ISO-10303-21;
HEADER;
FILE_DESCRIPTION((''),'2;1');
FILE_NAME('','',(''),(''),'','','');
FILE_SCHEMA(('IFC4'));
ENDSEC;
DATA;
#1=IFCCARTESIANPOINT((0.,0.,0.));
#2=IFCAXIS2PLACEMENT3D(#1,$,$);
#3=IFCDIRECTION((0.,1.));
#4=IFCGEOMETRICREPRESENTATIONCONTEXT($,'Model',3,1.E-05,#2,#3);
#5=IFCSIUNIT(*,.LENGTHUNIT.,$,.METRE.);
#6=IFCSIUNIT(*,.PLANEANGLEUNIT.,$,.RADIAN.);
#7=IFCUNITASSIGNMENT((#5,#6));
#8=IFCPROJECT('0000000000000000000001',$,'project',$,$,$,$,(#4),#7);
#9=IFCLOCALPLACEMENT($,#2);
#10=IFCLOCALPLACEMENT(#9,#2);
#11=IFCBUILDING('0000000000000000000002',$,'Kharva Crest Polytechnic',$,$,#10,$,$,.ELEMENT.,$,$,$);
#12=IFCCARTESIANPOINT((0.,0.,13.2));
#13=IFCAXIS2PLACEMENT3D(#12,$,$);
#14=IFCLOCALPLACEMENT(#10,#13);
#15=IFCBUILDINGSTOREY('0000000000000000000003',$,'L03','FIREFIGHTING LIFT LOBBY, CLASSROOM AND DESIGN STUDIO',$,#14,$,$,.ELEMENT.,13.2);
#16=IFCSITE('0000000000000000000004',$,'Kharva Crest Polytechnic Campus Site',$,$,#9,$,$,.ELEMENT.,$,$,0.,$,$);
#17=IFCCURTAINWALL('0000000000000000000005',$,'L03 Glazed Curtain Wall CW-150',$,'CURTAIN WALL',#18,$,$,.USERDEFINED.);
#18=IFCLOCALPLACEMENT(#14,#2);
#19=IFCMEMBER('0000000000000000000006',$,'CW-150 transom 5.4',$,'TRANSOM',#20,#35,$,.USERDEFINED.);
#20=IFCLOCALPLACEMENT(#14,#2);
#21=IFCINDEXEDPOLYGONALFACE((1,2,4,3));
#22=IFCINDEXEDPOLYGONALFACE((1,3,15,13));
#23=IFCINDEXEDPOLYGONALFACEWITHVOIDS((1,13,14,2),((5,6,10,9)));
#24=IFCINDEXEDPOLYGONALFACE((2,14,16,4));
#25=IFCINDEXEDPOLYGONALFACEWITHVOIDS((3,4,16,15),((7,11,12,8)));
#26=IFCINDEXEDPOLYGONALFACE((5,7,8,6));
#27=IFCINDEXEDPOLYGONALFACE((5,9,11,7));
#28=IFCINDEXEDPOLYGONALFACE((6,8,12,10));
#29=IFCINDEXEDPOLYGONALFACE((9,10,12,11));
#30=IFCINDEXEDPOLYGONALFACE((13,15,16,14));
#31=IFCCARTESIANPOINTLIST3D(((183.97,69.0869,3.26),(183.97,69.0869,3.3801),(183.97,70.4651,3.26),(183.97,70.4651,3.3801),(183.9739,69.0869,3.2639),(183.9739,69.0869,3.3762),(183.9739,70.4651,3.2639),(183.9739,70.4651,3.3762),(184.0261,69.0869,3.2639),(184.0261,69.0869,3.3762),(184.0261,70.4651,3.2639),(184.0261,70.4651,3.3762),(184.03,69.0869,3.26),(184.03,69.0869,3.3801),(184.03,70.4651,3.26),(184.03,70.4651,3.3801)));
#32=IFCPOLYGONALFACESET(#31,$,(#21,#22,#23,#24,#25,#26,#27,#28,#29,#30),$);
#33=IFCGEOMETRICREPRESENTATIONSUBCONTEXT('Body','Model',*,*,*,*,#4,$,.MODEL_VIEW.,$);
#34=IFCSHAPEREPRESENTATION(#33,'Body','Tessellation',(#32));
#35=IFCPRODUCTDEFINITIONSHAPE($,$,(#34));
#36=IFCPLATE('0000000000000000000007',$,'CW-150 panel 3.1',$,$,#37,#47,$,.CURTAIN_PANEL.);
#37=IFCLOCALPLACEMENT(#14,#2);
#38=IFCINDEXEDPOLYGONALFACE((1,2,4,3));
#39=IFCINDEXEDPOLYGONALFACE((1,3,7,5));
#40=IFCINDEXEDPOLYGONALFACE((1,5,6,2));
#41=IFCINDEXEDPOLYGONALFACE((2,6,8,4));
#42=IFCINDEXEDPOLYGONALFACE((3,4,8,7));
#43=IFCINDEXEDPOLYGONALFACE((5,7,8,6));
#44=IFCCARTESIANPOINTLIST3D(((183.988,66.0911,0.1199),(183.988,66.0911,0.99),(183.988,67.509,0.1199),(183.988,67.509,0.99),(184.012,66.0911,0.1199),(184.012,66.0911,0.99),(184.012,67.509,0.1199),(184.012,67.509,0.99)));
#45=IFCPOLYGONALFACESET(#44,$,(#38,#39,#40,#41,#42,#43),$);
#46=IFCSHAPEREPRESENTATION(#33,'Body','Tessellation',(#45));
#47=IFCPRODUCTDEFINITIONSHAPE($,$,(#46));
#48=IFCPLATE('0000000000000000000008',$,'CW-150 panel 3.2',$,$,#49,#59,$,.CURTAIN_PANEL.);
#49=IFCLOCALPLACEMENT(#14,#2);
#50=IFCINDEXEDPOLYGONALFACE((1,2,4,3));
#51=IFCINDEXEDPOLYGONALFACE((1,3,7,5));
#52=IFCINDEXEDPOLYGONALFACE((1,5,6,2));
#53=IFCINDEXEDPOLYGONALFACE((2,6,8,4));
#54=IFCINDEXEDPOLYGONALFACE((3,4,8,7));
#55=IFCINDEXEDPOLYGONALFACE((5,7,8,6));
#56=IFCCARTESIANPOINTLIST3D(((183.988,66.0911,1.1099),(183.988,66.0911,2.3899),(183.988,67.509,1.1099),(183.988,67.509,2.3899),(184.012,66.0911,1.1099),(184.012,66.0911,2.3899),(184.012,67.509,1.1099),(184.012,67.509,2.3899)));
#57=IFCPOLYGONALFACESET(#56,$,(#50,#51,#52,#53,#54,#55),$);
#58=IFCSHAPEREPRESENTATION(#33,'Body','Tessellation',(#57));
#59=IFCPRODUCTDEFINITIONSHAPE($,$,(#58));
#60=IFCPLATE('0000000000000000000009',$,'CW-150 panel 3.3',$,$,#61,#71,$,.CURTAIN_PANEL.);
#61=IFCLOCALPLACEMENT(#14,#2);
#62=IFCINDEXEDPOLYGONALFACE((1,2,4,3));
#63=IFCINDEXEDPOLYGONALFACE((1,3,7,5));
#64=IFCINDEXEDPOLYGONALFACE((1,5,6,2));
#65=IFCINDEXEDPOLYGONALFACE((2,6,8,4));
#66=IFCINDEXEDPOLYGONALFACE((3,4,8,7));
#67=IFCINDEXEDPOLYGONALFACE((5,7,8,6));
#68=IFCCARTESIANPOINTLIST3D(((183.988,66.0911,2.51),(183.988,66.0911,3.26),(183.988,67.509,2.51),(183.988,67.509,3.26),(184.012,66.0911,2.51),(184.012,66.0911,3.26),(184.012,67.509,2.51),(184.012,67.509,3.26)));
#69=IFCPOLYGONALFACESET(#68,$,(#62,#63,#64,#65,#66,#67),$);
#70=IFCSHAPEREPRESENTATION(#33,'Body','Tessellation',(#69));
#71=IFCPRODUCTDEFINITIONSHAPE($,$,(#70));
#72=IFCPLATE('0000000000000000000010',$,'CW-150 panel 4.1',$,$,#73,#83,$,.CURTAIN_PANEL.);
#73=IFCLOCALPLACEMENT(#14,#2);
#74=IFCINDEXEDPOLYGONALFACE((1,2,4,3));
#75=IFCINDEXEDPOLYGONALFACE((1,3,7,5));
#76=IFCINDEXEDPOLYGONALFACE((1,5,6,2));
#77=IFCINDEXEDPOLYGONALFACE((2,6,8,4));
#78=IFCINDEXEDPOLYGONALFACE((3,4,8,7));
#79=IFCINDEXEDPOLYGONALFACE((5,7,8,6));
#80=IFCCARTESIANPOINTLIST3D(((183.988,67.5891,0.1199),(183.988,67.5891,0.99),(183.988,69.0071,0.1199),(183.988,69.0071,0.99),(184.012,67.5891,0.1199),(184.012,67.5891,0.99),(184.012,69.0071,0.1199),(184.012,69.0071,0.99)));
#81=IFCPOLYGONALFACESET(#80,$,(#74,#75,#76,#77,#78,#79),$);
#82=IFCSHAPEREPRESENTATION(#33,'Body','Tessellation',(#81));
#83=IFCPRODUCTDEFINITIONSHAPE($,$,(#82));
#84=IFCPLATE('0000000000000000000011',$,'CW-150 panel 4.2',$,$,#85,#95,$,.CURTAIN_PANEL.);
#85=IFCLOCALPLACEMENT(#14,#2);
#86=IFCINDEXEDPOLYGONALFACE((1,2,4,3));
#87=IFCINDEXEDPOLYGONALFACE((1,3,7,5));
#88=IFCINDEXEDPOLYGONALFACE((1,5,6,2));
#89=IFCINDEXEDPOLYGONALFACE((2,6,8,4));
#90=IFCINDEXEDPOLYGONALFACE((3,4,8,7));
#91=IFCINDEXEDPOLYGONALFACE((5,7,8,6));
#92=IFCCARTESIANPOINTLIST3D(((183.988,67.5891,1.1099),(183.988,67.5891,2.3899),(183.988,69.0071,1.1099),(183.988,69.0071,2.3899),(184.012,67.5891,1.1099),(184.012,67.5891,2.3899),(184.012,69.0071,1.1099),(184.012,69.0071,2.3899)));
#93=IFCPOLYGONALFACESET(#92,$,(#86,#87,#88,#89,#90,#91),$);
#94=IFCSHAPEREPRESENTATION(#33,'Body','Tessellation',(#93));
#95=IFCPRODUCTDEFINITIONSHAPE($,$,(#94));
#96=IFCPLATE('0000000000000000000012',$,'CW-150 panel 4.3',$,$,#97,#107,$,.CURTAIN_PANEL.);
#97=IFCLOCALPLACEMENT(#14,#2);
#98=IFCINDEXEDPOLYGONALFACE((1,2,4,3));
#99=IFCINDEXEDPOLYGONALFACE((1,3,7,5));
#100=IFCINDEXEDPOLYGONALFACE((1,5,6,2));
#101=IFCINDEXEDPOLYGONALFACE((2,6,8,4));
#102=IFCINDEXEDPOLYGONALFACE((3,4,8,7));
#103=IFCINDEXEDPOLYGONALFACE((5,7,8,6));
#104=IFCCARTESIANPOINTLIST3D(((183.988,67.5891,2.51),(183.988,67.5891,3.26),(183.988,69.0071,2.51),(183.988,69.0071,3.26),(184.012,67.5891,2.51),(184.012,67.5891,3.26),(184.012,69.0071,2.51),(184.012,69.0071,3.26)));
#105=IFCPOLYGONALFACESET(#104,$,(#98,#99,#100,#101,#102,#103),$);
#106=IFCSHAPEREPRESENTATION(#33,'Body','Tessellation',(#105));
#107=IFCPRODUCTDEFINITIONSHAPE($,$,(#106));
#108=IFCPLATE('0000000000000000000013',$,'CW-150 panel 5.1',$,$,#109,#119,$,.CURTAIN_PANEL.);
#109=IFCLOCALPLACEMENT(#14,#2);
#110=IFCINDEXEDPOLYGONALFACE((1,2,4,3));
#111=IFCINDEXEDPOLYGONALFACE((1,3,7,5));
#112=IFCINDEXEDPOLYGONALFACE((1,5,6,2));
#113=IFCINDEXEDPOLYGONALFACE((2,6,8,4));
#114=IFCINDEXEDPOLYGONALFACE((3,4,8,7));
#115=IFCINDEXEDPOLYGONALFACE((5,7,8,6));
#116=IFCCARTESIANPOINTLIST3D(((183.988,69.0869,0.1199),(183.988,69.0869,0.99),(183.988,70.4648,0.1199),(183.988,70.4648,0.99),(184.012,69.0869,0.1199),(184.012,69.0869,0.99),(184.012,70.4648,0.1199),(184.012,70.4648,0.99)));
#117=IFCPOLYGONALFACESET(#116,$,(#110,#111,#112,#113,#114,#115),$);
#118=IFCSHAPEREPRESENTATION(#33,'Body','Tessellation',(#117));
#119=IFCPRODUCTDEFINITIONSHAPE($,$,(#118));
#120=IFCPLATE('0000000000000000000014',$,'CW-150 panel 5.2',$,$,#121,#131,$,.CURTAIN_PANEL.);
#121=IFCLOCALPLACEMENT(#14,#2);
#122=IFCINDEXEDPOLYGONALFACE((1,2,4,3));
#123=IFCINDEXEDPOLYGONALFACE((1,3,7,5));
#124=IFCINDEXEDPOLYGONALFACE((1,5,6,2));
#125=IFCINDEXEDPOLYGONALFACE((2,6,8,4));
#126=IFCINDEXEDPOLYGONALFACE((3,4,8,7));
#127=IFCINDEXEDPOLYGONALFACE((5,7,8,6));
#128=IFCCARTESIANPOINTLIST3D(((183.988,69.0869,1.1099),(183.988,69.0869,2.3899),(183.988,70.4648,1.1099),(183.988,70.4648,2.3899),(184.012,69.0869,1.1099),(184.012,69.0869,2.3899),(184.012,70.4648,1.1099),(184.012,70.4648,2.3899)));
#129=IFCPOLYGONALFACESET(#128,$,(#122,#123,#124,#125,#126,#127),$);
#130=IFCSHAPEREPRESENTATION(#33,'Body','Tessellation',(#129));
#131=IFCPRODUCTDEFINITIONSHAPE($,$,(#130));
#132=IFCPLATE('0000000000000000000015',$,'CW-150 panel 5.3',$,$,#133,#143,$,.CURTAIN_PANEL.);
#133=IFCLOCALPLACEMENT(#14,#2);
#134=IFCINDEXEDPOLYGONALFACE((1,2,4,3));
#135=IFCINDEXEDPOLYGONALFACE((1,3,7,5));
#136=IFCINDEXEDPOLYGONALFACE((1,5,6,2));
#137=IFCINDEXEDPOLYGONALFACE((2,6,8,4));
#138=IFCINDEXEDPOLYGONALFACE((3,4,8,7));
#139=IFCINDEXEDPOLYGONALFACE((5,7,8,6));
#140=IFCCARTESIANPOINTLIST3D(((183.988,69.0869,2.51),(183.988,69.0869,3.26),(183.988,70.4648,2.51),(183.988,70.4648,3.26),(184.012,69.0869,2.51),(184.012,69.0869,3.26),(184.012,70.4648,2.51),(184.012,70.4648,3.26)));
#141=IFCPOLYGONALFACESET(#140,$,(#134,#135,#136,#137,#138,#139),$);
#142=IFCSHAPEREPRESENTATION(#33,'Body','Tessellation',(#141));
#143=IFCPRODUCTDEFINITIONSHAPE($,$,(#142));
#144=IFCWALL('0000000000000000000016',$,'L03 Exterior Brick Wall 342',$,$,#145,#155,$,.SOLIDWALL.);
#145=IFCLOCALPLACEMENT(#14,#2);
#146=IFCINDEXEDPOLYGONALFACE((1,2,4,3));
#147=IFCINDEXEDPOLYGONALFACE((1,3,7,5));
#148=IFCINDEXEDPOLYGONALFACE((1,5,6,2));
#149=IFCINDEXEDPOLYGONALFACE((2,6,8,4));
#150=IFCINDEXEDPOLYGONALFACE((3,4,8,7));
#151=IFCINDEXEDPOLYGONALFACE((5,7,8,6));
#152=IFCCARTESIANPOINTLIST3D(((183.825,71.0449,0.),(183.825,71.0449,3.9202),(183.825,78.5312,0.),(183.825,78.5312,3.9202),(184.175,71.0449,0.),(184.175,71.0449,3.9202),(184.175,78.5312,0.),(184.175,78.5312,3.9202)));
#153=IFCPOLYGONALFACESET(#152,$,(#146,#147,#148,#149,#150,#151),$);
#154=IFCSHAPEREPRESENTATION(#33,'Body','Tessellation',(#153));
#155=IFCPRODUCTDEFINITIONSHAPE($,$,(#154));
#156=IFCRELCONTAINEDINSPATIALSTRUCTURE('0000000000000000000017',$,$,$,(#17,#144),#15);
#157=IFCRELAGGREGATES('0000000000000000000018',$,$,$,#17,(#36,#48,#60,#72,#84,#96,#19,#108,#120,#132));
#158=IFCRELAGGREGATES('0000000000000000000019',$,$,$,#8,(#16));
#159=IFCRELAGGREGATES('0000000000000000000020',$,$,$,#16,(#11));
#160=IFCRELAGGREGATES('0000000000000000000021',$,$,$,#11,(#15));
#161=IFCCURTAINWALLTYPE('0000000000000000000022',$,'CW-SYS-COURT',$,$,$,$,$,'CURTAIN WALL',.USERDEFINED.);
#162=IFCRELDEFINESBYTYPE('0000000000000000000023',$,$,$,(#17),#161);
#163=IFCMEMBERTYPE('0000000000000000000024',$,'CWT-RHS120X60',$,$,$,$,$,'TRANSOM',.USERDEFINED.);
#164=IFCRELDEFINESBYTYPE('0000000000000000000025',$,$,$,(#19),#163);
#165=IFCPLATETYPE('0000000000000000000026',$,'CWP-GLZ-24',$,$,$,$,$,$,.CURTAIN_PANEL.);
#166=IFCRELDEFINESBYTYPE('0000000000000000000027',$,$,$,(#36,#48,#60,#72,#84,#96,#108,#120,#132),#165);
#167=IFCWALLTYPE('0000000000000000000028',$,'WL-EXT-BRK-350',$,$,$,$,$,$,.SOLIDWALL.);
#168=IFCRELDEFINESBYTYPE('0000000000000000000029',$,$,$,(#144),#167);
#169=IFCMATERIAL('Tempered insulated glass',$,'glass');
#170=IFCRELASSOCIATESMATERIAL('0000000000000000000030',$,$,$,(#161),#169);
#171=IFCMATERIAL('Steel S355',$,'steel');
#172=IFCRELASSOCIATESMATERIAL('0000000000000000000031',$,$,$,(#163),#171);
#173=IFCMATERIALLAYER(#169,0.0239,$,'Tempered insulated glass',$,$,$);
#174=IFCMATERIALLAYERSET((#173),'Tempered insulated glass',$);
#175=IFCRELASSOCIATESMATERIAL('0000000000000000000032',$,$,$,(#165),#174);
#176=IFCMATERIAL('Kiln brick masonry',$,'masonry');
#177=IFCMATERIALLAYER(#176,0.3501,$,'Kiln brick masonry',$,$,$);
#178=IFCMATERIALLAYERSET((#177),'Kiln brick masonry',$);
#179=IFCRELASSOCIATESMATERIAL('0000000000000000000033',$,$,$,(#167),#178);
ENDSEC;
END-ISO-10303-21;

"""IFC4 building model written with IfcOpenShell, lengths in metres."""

from ifc_helpers import new_model, si_unit, direction, frame, frame_2d, origin, origin_2d, place, context, subcontext, project, spatial, rectangle, hollow_rectangle, extrude, material, layer, layer_set, material_profile, profile_set, type_object, element, aggregate, save


model = new_model("IFC4")

# Units and contexts
model_context = context("Model", 3, precision=1e-05, world=origin(), true_north=direction((0.0, 1.0)))
body_context = subcontext(model_context, "Body", "Model", "MODEL_VIEW")
ifc_project = project(units=[si_unit("LENGTHUNIT", "METRE"), si_unit("PLANEANGLEUNIT", "RADIAN")], contexts=[model_context])

# Site, building, storey
site_placement = place(None, origin())
site = spatial("IfcSite", under=ifc_project, at=site_placement, Name="Kharva Crest Polytechnic Campus Site", CompositionType="ELEMENT", RefElevation=0.0)
building_placement = place(site_placement, origin())
building = spatial("IfcBuilding", under=site, at=building_placement, Name="Kharva Crest Polytechnic", CompositionType="ELEMENT")
storey_placement = place(building_placement, frame((0.0, 0.0, 13.2)))
storey = spatial("IfcBuildingStorey", under=building, at=storey_placement, Name="L03", Description="FIREFIGHTING LIFT LOBBY, CLASSROOM AND DESIGN STUDIO", CompositionType="ELEMENT", Elevation=13.2)

# Curtain wall, member, plates
ifc_material_1 = material(Name="Tempered insulated glass", Category="glass")
curtain_wall_type = type_object("IfcCurtainWallType", Name="CW-SYS-COURT", ElementType="CURTAIN WALL", PredefinedType="USERDEFINED", material=ifc_material_1)
curtain_wall_placement = place(storey_placement, origin())
curtain_wall = element("IfcCurtainWall", 1, at=curtain_wall_placement, inside=storey, type_object=curtain_wall_type, Name="L03 Glazed Curtain Wall CW-150", ObjectType="CURTAIN WALL", PredefinedType="USERDEFINED")
ifc_material_2 = material(Name="Steel S355", Category="steel")
ifc_material_profile_1 = material_profile(ifc_material_2, hollow_rectangle(XDim=0.0601, YDim=0.1201, WallThickness=0.0039, at=origin_2d()), Name="RHS 120X60X4.0")
ifc_profile_set_1 = profile_set([ifc_material_profile_1], Name="Steel S355")
member_type_1 = type_object("IfcMemberType", Name="CWT-RHS120X60", ElementType="TRANSOM", PredefinedType="USERDEFINED", material=ifc_profile_set_1)
member_1_placement = place(storey_placement, frame((184.0, 69.0869, 3.3201), z_axis=(0.0, 1.0, 0.0), x_axis=(-1.0, 0.0, 0.0)))
member_1 = element("IfcMember", 2, at=member_1_placement, type_object=member_type_1, Name="CW-150 transom 5.4", ObjectType="TRANSOM", PredefinedType="USERDEFINED", context=body_context, shape_type="SweptSolid", body=[
    extrude(hollow_rectangle(XDim=0.0601, YDim=0.1201, WallThickness=0.0039, at=origin_2d()), origin(), (0.0, 0.0, 1.0), 1.3782),
])
ifc_layer_1 = layer(ifc_material_1, 0.0239, Name="Tempered insulated glass")
ifc_layer_set_1 = layer_set([ifc_layer_1], Name="Tempered insulated glass")
plate_type = type_object("IfcPlateType", Name="CWP-GLZ-24", PredefinedType="CURTAIN_PANEL", material=ifc_layer_set_1)
plate_1_placement = place(storey_placement, frame((184.0, 66.8, 0.1199), z_axis=(0.0, 0.0, 1.0), x_axis=(0.0, 1.0, 0.0)))
plate_1 = element("IfcPlate", 3, at=plate_1_placement, type_object=plate_type, Name="CW-150 panel 3.1", PredefinedType="CURTAIN_PANEL", context=body_context, shape_type="SweptSolid", body=[
    extrude(rectangle(XDim=1.418, YDim=0.0239, at=origin_2d()), origin(), (0.0, 0.0, 1.0), 0.8701),
])
plate_2_placement = place(storey_placement, frame((184.0, 66.8, 1.1099), z_axis=(0.0, 0.0, 1.0), x_axis=(0.0, 1.0, 0.0)))
plate_2 = element("IfcPlate", 4, at=plate_2_placement, type_object=plate_type, Name="CW-150 panel 3.2", PredefinedType="CURTAIN_PANEL", context=body_context, shape_type="SweptSolid", body=[
    extrude(rectangle(XDim=1.418, YDim=0.0239, at=origin_2d()), origin(), (0.0, 0.0, 1.0), 1.28),
])
plate_3_placement = place(storey_placement, frame((184.0, 66.8, 2.51), z_axis=(0.0, 0.0, 1.0), x_axis=(0.0, 1.0, 0.0)))
plate_3 = element("IfcPlate", 5, at=plate_3_placement, type_object=plate_type, Name="CW-150 panel 3.3", PredefinedType="CURTAIN_PANEL", context=body_context, shape_type="SweptSolid", body=[
    extrude(rectangle(XDim=1.418, YDim=0.0239, at=origin_2d()), origin(), (0.0, 0.0, 1.0), 0.75),
])
plate_4_placement = place(storey_placement, frame((184.0, 68.2981, 0.1199), z_axis=(0.0, 0.0, 1.0), x_axis=(0.0, 1.0, 0.0)))
plate_4 = element("IfcPlate", 6, at=plate_4_placement, type_object=plate_type, Name="CW-150 panel 4.1", PredefinedType="CURTAIN_PANEL", context=body_context, shape_type="SweptSolid", body=[
    extrude(rectangle(XDim=1.418, YDim=0.0239, at=origin_2d()), origin(), (0.0, 0.0, 1.0), 0.8701),
])
plate_5_placement = place(storey_placement, frame((184.0, 68.2981, 1.1099), z_axis=(0.0, 0.0, 1.0), x_axis=(0.0, 1.0, 0.0)))
plate_5 = element("IfcPlate", 7, at=plate_5_placement, type_object=plate_type, Name="CW-150 panel 4.2", PredefinedType="CURTAIN_PANEL", context=body_context, shape_type="SweptSolid", body=[
    extrude(rectangle(XDim=1.418, YDim=0.0239, at=origin_2d()), origin(), (0.0, 0.0, 1.0), 1.28),
])
plate_6_placement = place(storey_placement, frame((184.0, 68.2981, 2.51), z_axis=(0.0, 0.0, 1.0), x_axis=(0.0, 1.0, 0.0)))
plate_6 = element("IfcPlate", 8, at=plate_6_placement, type_object=plate_type, Name="CW-150 panel 4.3", PredefinedType="CURTAIN_PANEL", context=body_context, shape_type="SweptSolid", body=[
    extrude(rectangle(XDim=1.418, YDim=0.0239, at=origin_2d()), origin(), (0.0, 0.0, 1.0), 0.75),
])
plate_7_placement = place(storey_placement, frame((184.0, 69.7759, 0.1199), z_axis=(0.0, 0.0, 1.0), x_axis=(0.0, 1.0, 0.0)))
plate_7 = element("IfcPlate", 9, at=plate_7_placement, type_object=plate_type, Name="CW-150 panel 5.1", PredefinedType="CURTAIN_PANEL", context=body_context, shape_type="SweptSolid", body=[
    extrude(rectangle(XDim=1.3779, YDim=0.0239, at=origin_2d()), origin(), (0.0, 0.0, 1.0), 0.8701),
])
plate_8_placement = place(storey_placement, frame((184.0, 69.7759, 1.1099), z_axis=(0.0, 0.0, 1.0), x_axis=(0.0, 1.0, 0.0)))
plate_8 = element("IfcPlate", 10, at=plate_8_placement, type_object=plate_type, Name="CW-150 panel 5.2", PredefinedType="CURTAIN_PANEL", context=body_context, shape_type="SweptSolid", body=[
    extrude(rectangle(XDim=1.3779, YDim=0.0239, at=origin_2d()), origin(), (0.0, 0.0, 1.0), 1.28),
])
plate_9_placement = place(storey_placement, frame((184.0, 69.7759, 2.51), z_axis=(0.0, 0.0, 1.0), x_axis=(0.0, 1.0, 0.0)))
plate_9 = element("IfcPlate", 11, at=plate_9_placement, type_object=plate_type, Name="CW-150 panel 5.3", PredefinedType="CURTAIN_PANEL", context=body_context, shape_type="SweptSolid", body=[
    extrude(rectangle(XDim=1.3779, YDim=0.0239, at=origin_2d()), origin(), (0.0, 0.0, 1.0), 0.75),
])
aggregate(curtain_wall, [plate_1, plate_2, plate_3, plate_4, plate_5, plate_6, member_1, plate_7, plate_8, plate_9])

# Wall
ifc_material_3 = material(Name="Kiln brick masonry", Category="masonry")
ifc_layer_2 = layer(ifc_material_3, 0.3501, Name="Kiln brick masonry")
ifc_layer_set_2 = layer_set([ifc_layer_2], Name="Kiln brick masonry")
wall_type = type_object("IfcWallType", Name="WL-EXT-BRK-350", PredefinedType="SOLIDWALL", material=ifc_layer_set_2)
wall_placement = place(storey_placement, frame((184.0, 71.0449, 0.0), z_axis=(0.0, 0.0, 1.0), x_axis=(0.0, 1.0, 0.0)))
element("IfcWall", 12, at=wall_placement, inside=storey, type_object=wall_type, Name="L03 Exterior Brick Wall 342", PredefinedType="SOLIDWALL", context=body_context, shape_type="SweptSolid", body=[
    extrude(rectangle(XDim=7.4863, YDim=0.3501, at=frame_2d((3.7432, 0.0))), origin(), (0.0, 0.0, 1.0), 3.9202),
])

save(model, "model.ifc")
